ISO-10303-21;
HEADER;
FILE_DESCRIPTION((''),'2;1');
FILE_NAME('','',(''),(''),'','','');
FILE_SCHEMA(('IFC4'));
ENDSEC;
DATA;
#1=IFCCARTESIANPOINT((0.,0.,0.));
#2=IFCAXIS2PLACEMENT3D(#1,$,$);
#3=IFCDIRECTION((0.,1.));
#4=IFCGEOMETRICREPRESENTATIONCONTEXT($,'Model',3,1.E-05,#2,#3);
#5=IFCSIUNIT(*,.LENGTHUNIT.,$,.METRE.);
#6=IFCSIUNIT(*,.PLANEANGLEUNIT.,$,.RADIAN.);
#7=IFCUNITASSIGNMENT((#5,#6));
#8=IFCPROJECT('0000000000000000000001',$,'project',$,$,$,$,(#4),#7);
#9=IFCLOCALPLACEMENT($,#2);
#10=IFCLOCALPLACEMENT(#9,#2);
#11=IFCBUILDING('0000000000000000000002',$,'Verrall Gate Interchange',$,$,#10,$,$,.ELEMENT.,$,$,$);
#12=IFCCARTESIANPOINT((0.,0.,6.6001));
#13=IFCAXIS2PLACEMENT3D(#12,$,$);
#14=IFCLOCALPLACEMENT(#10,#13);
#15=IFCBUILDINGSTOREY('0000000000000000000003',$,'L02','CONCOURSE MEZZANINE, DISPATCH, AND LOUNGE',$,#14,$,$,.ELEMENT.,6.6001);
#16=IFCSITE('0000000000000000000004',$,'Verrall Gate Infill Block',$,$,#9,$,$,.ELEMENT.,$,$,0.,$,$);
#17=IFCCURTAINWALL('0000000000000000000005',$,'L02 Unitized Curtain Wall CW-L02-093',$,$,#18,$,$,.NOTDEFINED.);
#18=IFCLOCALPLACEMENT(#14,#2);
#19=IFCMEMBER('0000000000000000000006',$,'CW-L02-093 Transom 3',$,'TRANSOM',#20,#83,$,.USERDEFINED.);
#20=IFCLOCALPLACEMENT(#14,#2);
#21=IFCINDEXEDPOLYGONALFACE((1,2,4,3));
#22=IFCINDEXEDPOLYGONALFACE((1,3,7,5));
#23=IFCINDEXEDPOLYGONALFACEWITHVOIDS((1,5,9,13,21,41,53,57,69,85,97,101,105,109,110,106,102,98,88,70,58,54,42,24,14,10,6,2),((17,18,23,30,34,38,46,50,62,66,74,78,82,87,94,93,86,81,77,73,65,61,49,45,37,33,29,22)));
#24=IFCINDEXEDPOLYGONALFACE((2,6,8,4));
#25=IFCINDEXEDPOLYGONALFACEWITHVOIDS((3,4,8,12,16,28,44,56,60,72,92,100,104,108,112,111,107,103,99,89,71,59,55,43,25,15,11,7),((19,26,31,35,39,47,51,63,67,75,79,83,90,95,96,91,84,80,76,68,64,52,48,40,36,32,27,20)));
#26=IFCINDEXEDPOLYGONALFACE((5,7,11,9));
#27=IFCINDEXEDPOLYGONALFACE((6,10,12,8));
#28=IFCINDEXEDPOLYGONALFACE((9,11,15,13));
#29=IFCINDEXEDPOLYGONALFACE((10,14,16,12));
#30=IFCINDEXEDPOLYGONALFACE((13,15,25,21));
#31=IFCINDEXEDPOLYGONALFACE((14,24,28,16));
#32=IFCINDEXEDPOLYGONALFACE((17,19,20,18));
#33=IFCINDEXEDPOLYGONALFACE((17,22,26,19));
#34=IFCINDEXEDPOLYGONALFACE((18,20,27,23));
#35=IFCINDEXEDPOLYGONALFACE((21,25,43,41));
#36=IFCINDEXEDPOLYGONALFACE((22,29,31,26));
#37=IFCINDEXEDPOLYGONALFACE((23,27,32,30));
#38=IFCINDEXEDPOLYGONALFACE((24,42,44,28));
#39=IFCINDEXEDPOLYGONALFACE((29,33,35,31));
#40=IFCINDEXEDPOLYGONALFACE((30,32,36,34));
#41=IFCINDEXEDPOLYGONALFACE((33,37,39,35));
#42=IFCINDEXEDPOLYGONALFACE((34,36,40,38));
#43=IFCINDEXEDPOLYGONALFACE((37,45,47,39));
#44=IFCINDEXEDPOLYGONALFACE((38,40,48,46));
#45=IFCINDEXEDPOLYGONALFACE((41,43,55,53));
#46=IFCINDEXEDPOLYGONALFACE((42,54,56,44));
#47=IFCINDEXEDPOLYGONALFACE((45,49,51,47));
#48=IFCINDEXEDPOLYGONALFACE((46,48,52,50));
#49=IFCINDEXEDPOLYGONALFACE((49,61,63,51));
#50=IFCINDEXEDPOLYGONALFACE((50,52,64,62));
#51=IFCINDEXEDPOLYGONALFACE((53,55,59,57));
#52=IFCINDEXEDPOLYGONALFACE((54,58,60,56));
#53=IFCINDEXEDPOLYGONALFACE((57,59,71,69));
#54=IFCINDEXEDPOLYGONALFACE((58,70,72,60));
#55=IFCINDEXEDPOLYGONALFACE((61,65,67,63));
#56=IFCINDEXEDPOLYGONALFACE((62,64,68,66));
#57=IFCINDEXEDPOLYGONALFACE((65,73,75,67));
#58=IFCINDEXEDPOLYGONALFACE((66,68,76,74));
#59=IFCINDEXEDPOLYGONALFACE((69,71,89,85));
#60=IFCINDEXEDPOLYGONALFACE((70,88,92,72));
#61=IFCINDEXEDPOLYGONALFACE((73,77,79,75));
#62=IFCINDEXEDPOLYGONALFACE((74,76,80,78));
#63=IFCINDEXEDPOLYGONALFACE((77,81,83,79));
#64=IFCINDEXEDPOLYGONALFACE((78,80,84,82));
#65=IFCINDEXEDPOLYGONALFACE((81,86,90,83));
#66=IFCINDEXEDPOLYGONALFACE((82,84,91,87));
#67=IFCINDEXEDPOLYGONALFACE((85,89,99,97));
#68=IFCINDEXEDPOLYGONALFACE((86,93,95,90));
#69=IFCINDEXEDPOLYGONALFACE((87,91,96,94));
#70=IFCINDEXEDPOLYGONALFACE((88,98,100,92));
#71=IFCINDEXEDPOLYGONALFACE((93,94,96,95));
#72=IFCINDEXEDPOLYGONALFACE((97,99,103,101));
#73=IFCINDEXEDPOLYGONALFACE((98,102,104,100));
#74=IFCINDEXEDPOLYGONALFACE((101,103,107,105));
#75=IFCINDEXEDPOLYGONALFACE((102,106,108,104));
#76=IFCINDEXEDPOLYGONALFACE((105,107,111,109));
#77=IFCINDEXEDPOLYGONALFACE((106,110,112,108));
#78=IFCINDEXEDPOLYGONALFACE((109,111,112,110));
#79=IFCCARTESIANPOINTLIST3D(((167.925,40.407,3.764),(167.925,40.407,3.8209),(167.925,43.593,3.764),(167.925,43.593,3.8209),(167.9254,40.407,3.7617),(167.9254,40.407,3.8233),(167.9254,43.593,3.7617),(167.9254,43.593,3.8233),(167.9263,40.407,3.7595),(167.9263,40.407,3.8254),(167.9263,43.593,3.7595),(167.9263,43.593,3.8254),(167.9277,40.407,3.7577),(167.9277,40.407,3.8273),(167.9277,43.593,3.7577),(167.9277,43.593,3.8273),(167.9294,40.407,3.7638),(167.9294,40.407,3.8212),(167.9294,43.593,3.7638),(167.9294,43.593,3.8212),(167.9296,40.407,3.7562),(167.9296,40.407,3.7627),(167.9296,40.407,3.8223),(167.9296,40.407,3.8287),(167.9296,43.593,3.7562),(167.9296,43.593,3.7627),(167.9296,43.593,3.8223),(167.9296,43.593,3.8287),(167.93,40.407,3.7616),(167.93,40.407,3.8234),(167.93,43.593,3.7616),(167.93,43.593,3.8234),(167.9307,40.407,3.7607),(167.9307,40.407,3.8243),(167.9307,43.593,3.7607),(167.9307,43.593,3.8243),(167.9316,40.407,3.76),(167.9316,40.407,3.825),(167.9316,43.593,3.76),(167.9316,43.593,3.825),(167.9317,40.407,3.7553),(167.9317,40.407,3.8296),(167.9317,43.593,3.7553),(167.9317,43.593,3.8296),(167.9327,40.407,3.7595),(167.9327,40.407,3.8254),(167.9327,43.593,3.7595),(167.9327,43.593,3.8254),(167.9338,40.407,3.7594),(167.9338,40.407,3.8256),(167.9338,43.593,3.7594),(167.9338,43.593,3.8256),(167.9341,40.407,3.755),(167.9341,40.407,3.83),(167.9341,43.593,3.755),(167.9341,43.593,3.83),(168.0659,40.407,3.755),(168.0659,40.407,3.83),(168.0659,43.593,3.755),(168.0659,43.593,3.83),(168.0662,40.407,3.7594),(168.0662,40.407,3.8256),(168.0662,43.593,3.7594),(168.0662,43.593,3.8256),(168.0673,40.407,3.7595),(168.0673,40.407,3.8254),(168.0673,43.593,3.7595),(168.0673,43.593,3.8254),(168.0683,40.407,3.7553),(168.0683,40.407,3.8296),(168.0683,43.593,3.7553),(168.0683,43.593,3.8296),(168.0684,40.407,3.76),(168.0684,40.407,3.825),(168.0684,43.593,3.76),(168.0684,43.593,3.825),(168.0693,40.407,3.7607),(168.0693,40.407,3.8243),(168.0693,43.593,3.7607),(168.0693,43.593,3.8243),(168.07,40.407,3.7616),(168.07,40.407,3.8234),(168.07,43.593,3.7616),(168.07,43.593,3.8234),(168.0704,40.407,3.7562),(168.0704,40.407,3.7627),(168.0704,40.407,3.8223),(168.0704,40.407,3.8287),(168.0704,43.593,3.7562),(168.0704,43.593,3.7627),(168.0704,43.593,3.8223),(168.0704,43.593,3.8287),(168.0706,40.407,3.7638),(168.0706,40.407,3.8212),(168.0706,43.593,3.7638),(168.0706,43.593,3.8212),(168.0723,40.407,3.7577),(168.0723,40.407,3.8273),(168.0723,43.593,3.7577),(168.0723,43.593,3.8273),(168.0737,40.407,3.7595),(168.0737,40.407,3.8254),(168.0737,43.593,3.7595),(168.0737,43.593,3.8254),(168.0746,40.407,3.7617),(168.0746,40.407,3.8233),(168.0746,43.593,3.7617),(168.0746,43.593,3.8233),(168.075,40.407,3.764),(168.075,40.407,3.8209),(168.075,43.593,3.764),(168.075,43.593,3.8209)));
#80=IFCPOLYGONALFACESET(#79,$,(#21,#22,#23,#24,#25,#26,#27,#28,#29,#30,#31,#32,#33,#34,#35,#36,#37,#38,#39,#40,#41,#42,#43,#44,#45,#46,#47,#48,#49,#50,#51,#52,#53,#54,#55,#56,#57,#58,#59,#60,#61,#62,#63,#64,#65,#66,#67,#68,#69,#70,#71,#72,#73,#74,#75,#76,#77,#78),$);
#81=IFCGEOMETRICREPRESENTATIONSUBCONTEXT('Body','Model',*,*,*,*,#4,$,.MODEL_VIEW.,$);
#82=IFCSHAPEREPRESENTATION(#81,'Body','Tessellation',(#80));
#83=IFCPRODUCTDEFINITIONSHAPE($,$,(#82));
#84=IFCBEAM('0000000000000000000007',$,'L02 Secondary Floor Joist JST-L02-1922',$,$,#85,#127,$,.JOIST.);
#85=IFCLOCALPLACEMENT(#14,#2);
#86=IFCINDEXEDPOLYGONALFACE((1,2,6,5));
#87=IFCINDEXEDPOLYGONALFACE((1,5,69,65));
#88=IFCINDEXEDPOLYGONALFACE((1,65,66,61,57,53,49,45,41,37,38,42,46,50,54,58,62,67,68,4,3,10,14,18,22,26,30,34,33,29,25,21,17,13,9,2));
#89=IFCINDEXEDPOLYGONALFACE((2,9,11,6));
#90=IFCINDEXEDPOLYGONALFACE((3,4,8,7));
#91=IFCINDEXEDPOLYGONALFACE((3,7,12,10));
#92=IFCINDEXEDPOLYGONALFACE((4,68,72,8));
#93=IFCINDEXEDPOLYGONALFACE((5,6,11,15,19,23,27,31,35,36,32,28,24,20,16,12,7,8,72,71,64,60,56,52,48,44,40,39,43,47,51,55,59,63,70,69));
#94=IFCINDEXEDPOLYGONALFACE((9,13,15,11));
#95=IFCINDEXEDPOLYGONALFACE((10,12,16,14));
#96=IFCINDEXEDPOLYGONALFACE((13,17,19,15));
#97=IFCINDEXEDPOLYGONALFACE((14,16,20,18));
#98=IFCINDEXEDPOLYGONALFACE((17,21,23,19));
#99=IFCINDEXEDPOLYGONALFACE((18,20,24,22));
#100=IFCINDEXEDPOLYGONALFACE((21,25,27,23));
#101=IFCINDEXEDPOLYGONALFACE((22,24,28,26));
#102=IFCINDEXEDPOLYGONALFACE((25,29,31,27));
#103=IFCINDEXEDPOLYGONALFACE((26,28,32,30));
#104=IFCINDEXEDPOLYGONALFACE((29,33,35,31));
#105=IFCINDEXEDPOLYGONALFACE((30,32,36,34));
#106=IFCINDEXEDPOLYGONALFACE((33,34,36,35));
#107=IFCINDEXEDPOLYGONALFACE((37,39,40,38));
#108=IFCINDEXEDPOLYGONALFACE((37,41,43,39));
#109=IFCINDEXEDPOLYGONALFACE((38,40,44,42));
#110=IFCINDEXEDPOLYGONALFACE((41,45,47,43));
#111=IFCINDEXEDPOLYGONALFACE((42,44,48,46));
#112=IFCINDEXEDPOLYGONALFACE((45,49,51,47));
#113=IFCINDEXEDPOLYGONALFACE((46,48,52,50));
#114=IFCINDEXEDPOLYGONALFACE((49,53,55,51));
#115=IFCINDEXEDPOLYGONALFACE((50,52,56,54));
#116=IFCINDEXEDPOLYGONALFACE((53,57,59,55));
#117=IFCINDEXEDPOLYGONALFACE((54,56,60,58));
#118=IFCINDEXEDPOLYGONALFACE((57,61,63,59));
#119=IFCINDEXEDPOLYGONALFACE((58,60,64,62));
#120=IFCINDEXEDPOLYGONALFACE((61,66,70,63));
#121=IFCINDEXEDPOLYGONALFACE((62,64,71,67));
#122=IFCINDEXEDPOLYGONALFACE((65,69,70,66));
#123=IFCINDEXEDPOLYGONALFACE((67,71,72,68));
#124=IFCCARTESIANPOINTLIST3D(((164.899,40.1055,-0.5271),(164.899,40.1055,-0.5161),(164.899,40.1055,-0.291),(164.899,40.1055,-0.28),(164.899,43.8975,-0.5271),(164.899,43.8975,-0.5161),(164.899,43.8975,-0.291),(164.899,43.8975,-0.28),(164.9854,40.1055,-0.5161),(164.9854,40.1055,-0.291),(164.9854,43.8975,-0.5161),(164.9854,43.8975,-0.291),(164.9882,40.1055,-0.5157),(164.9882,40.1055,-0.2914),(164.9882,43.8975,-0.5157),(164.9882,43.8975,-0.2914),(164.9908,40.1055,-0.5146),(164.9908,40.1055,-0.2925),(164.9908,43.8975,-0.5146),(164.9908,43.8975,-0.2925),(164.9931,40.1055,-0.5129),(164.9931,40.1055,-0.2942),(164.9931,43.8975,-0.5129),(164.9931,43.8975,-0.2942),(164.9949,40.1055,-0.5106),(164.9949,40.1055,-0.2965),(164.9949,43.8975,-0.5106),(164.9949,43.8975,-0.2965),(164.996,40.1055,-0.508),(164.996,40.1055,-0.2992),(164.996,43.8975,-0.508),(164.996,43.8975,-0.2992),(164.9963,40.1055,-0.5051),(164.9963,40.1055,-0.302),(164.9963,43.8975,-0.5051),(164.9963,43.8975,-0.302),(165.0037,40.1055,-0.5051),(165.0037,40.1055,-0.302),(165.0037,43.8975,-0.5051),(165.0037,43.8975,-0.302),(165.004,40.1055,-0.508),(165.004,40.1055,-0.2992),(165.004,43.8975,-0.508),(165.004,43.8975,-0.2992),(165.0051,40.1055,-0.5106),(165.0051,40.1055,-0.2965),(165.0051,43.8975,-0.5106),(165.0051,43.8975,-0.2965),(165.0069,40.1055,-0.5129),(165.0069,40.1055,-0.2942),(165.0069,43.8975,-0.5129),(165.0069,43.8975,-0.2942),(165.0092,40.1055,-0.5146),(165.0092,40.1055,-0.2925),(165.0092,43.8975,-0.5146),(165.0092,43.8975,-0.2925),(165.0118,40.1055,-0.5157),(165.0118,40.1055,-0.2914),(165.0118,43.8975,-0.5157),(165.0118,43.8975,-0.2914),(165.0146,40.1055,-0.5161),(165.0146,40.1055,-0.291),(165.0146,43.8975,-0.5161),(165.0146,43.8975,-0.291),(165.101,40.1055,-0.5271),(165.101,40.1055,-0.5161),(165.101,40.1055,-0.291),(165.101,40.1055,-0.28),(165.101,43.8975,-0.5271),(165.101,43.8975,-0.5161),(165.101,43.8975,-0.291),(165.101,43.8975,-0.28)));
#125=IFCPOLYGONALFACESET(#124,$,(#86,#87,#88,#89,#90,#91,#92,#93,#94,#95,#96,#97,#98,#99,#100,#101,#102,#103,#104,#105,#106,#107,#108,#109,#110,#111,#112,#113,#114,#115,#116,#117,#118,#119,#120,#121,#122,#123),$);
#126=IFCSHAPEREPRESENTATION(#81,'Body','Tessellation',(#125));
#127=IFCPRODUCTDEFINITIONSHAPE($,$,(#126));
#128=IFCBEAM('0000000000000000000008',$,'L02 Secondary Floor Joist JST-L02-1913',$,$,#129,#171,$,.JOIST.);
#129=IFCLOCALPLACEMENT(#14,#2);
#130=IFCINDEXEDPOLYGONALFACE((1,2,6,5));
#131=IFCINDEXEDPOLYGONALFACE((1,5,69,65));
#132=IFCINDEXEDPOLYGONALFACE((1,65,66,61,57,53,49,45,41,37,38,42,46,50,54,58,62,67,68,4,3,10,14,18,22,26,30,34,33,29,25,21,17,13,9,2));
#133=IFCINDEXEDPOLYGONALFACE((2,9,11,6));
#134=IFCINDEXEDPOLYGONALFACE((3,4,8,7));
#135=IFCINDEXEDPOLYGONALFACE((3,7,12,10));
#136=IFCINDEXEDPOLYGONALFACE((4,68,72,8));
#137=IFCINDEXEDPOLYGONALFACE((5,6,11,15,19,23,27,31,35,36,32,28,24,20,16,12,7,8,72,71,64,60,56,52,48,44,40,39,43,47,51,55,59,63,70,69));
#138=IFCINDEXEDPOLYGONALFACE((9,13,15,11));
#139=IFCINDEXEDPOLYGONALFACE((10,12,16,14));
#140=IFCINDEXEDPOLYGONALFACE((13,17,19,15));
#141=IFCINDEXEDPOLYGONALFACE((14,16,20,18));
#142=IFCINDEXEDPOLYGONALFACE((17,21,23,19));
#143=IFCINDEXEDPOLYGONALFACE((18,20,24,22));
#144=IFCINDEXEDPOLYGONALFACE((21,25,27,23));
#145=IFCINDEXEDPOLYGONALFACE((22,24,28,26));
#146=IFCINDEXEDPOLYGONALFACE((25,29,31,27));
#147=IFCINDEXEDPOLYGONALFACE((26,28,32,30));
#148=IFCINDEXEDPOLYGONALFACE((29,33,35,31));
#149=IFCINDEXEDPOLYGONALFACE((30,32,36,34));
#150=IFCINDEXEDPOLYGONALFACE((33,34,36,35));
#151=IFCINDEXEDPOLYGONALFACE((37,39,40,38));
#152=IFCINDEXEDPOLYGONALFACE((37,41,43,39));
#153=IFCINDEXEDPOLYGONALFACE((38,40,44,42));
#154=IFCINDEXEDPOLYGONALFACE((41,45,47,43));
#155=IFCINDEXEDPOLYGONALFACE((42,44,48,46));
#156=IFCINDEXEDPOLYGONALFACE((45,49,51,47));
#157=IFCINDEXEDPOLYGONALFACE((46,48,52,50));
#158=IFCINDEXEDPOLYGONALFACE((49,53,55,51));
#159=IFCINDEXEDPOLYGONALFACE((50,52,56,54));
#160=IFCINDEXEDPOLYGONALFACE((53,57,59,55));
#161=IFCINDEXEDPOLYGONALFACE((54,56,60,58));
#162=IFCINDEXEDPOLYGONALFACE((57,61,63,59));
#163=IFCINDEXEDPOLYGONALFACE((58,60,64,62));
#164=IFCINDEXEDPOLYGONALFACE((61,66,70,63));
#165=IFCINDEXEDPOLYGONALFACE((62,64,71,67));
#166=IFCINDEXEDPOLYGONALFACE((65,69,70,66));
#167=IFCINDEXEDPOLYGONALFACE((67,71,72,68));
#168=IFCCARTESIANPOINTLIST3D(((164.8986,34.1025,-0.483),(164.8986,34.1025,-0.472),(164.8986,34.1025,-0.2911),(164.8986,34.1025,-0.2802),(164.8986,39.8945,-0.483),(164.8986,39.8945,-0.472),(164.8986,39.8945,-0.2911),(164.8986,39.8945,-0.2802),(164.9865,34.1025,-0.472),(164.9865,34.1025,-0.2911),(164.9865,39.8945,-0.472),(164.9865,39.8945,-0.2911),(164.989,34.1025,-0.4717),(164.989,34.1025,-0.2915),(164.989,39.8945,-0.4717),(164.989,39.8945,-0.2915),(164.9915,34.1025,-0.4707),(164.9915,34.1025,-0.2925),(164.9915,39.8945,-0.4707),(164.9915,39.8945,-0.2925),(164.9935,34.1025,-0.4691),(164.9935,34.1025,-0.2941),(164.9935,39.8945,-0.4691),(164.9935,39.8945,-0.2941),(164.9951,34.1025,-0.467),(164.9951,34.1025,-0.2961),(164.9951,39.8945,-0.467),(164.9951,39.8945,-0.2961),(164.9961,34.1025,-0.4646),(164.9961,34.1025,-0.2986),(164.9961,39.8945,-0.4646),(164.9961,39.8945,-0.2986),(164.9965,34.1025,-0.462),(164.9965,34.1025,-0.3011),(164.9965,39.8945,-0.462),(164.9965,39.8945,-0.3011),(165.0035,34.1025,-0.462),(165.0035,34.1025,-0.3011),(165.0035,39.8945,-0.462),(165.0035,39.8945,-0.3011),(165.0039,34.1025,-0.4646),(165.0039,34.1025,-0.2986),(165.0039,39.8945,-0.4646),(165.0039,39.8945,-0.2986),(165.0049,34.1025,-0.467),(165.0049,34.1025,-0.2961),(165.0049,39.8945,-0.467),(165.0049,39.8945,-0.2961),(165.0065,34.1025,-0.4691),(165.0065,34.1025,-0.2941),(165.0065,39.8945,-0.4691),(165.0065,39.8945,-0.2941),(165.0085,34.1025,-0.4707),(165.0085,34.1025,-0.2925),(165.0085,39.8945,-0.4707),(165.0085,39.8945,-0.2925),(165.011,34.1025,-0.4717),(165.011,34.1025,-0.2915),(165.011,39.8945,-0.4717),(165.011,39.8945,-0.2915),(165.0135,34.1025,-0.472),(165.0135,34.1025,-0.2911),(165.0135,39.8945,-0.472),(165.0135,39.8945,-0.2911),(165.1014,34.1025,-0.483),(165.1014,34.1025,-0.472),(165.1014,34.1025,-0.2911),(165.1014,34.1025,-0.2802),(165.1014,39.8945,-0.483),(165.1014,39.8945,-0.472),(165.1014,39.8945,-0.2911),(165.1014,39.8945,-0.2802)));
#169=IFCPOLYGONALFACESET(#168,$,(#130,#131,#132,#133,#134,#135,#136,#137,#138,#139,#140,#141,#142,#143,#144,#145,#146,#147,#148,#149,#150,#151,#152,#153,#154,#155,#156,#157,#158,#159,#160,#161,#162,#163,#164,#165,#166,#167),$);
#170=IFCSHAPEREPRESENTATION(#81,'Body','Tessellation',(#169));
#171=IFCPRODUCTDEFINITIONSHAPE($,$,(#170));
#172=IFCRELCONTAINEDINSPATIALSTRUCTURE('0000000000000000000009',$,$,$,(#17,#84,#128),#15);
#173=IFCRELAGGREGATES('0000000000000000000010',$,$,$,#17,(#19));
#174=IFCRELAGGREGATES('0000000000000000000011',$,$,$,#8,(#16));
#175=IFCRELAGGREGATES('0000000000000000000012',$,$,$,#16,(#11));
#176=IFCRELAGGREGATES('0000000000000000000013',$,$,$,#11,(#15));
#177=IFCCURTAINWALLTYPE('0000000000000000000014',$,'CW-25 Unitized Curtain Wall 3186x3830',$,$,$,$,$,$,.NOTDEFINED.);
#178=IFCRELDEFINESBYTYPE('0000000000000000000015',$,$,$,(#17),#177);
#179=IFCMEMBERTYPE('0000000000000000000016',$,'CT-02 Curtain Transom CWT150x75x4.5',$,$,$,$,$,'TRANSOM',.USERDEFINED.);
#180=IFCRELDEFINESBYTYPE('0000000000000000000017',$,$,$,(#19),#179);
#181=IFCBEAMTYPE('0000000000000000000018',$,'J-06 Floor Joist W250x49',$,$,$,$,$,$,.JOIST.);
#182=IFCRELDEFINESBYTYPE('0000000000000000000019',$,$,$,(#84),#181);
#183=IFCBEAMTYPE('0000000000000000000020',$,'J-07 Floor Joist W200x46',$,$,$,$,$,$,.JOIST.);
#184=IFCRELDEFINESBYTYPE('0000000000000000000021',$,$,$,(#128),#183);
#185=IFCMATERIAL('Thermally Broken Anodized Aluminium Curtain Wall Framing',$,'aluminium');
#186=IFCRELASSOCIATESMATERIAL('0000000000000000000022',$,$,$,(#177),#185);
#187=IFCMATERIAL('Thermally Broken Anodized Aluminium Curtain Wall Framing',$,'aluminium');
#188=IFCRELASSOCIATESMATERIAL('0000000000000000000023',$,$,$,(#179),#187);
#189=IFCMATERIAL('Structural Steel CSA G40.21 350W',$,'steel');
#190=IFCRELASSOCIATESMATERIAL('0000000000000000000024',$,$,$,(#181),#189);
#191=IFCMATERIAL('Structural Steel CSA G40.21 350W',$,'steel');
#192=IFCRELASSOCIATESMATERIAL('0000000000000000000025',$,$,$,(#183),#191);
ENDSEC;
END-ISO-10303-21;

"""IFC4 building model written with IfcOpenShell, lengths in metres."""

from ifc_helpers import new_model, si_unit, direction, frame, origin, origin_2d, place, context, subcontext, project, spatial, hollow_rectangle, i_section, extrude, material, material_profile, profile_set, type_object, element, aggregate, save


model = new_model("IFC4")

# Units and contexts
model_context = context("Model", 3, precision=1e-05, world=origin(), true_north=direction((0.0, 1.0)))
body_context = subcontext(model_context, "Body", "Model", "MODEL_VIEW")
ifc_project = project(units=[si_unit("LENGTHUNIT", "METRE"), si_unit("PLANEANGLEUNIT", "RADIAN")], contexts=[model_context])

# Site, building, storey
site_placement = place(None, origin())
site = spatial("IfcSite", under=ifc_project, at=site_placement, Name="Verrall Gate Infill Block", CompositionType="ELEMENT", RefElevation=0.0)
building_placement = place(site_placement, origin())
building = spatial("IfcBuilding", under=site, at=building_placement, Name="Verrall Gate Interchange", CompositionType="ELEMENT")
storey_placement = place(building_placement, frame((0.0, 0.0, 6.6001)))
storey = spatial("IfcBuildingStorey", under=building, at=storey_placement, Name="L02", Description="CONCOURSE MEZZANINE, DISPATCH, AND LOUNGE", CompositionType="ELEMENT", Elevation=6.6001)

# Curtain wall, member
ifc_material_1 = material(Name="Thermally Broken Anodized Aluminium Curtain Wall Framing", Category="aluminium")
curtain_wall_type = type_object("IfcCurtainWallType", Name="CW-25 Unitized Curtain Wall 3186x3830", PredefinedType="NOTDEFINED", material=ifc_material_1)
curtain_wall_placement = place(storey_placement, origin())
curtain_wall = element("IfcCurtainWall", 1, at=curtain_wall_placement, inside=storey, type_object=curtain_wall_type, Name="L02 Unitized Curtain Wall CW-L02-093", PredefinedType="NOTDEFINED")
ifc_material_2 = material(Name="Thermally Broken Anodized Aluminium Curtain Wall Framing", Category="aluminium")
ifc_material_profile_1 = material_profile(ifc_material_2, hollow_rectangle(XDim=0.1499, YDim=0.075, WallThickness=0.0044, InnerFilletRadius=0.0044, OuterFilletRadius=0.009, at=origin_2d()), Name="CWT150x75x4.5")
ifc_profile_set_1 = profile_set([ifc_material_profile_1], Name="Thermally Broken Anodized Aluminium Curtain Wall Framing")
member_type_1 = type_object("IfcMemberType", Name="CT-02 Curtain Transom CWT150x75x4.5", ElementType="TRANSOM", PredefinedType="USERDEFINED", material=ifc_profile_set_1)
member_1_placement = place(storey_placement, frame((168.0, 40.407, 3.7925), z_axis=(0.0, 1.0, 0.0), x_axis=(-1.0, 0.0, 0.0)))
member_1 = element("IfcMember", 2, at=member_1_placement, type_object=member_type_1, Name="CW-L02-093 Transom 3", ObjectType="TRANSOM", PredefinedType="USERDEFINED", context=body_context, shape_type="SweptSolid", body=[
    extrude(hollow_rectangle(XDim=0.1499, YDim=0.075, WallThickness=0.0044, InnerFilletRadius=0.0044, OuterFilletRadius=0.009, at=origin_2d()), origin(), (0.0, 0.0, 1.0), 3.186),
])

# Beams
ifc_material_3 = material(Name="Structural Steel CSA G40.21 350W", Category="steel")
ifc_material_profile_2 = material_profile(ifc_material_3, i_section(OverallWidth=0.2019, OverallDepth=0.2471, WebThickness=0.0073, FlangeThickness=0.011, FilletRadius=0.011, at=origin_2d()), Name="W250x49")
ifc_profile_set_2 = profile_set([ifc_material_profile_2], Name="Structural Steel CSA G40.21 350W")
beam_type_1 = type_object("IfcBeamType", Name="J-06 Floor Joist W250x49", PredefinedType="JOIST", material=ifc_profile_set_2)
beam_1_placement = place(storey_placement, frame((165.0, 40.1055, -0.4036), z_axis=(0.0, 1.0, 0.0), x_axis=(-1.0, 0.0, 0.0)))
element("IfcBeam", 3, at=beam_1_placement, inside=storey, type_object=beam_type_1, Name="L02 Secondary Floor Joist JST-L02-1922", PredefinedType="JOIST", context=body_context, shape_type="SweptSolid", body=[
    extrude(i_section(OverallWidth=0.2019, OverallDepth=0.2471, WebThickness=0.0073, FlangeThickness=0.011, FilletRadius=0.011, at=origin_2d()), origin(), (0.0, 0.0, 1.0), 3.792),
])
ifc_material_4 = material(Name="Structural Steel CSA G40.21 350W", Category="steel")
ifc_material_profile_3 = material_profile(ifc_material_4, i_section(OverallWidth=0.2029, OverallDepth=0.2029, WebThickness=0.0071, FlangeThickness=0.011, FilletRadius=0.01, at=origin_2d()), Name="W200x46")
ifc_profile_set_3 = profile_set([ifc_material_profile_3], Name="Structural Steel CSA G40.21 350W")
beam_type_2 = type_object("IfcBeamType", Name="J-07 Floor Joist W200x46", PredefinedType="JOIST", material=ifc_profile_set_3)
beam_2_placement = place(storey_placement, frame((165.0, 34.1025, -0.3816), z_axis=(0.0, 1.0, 0.0), x_axis=(-1.0, 0.0, 0.0)))
element("IfcBeam", 4, at=beam_2_placement, inside=storey, type_object=beam_type_2, Name="L02 Secondary Floor Joist JST-L02-1913", PredefinedType="JOIST", context=body_context, shape_type="SweptSolid", body=[
    extrude(i_section(OverallWidth=0.2029, OverallDepth=0.2029, WebThickness=0.0071, FlangeThickness=0.011, FilletRadius=0.01, at=origin_2d()), origin(), (0.0, 0.0, 1.0), 5.792),
])

aggregate(curtain_wall, [member_1])

save(model, "model.ifc")
